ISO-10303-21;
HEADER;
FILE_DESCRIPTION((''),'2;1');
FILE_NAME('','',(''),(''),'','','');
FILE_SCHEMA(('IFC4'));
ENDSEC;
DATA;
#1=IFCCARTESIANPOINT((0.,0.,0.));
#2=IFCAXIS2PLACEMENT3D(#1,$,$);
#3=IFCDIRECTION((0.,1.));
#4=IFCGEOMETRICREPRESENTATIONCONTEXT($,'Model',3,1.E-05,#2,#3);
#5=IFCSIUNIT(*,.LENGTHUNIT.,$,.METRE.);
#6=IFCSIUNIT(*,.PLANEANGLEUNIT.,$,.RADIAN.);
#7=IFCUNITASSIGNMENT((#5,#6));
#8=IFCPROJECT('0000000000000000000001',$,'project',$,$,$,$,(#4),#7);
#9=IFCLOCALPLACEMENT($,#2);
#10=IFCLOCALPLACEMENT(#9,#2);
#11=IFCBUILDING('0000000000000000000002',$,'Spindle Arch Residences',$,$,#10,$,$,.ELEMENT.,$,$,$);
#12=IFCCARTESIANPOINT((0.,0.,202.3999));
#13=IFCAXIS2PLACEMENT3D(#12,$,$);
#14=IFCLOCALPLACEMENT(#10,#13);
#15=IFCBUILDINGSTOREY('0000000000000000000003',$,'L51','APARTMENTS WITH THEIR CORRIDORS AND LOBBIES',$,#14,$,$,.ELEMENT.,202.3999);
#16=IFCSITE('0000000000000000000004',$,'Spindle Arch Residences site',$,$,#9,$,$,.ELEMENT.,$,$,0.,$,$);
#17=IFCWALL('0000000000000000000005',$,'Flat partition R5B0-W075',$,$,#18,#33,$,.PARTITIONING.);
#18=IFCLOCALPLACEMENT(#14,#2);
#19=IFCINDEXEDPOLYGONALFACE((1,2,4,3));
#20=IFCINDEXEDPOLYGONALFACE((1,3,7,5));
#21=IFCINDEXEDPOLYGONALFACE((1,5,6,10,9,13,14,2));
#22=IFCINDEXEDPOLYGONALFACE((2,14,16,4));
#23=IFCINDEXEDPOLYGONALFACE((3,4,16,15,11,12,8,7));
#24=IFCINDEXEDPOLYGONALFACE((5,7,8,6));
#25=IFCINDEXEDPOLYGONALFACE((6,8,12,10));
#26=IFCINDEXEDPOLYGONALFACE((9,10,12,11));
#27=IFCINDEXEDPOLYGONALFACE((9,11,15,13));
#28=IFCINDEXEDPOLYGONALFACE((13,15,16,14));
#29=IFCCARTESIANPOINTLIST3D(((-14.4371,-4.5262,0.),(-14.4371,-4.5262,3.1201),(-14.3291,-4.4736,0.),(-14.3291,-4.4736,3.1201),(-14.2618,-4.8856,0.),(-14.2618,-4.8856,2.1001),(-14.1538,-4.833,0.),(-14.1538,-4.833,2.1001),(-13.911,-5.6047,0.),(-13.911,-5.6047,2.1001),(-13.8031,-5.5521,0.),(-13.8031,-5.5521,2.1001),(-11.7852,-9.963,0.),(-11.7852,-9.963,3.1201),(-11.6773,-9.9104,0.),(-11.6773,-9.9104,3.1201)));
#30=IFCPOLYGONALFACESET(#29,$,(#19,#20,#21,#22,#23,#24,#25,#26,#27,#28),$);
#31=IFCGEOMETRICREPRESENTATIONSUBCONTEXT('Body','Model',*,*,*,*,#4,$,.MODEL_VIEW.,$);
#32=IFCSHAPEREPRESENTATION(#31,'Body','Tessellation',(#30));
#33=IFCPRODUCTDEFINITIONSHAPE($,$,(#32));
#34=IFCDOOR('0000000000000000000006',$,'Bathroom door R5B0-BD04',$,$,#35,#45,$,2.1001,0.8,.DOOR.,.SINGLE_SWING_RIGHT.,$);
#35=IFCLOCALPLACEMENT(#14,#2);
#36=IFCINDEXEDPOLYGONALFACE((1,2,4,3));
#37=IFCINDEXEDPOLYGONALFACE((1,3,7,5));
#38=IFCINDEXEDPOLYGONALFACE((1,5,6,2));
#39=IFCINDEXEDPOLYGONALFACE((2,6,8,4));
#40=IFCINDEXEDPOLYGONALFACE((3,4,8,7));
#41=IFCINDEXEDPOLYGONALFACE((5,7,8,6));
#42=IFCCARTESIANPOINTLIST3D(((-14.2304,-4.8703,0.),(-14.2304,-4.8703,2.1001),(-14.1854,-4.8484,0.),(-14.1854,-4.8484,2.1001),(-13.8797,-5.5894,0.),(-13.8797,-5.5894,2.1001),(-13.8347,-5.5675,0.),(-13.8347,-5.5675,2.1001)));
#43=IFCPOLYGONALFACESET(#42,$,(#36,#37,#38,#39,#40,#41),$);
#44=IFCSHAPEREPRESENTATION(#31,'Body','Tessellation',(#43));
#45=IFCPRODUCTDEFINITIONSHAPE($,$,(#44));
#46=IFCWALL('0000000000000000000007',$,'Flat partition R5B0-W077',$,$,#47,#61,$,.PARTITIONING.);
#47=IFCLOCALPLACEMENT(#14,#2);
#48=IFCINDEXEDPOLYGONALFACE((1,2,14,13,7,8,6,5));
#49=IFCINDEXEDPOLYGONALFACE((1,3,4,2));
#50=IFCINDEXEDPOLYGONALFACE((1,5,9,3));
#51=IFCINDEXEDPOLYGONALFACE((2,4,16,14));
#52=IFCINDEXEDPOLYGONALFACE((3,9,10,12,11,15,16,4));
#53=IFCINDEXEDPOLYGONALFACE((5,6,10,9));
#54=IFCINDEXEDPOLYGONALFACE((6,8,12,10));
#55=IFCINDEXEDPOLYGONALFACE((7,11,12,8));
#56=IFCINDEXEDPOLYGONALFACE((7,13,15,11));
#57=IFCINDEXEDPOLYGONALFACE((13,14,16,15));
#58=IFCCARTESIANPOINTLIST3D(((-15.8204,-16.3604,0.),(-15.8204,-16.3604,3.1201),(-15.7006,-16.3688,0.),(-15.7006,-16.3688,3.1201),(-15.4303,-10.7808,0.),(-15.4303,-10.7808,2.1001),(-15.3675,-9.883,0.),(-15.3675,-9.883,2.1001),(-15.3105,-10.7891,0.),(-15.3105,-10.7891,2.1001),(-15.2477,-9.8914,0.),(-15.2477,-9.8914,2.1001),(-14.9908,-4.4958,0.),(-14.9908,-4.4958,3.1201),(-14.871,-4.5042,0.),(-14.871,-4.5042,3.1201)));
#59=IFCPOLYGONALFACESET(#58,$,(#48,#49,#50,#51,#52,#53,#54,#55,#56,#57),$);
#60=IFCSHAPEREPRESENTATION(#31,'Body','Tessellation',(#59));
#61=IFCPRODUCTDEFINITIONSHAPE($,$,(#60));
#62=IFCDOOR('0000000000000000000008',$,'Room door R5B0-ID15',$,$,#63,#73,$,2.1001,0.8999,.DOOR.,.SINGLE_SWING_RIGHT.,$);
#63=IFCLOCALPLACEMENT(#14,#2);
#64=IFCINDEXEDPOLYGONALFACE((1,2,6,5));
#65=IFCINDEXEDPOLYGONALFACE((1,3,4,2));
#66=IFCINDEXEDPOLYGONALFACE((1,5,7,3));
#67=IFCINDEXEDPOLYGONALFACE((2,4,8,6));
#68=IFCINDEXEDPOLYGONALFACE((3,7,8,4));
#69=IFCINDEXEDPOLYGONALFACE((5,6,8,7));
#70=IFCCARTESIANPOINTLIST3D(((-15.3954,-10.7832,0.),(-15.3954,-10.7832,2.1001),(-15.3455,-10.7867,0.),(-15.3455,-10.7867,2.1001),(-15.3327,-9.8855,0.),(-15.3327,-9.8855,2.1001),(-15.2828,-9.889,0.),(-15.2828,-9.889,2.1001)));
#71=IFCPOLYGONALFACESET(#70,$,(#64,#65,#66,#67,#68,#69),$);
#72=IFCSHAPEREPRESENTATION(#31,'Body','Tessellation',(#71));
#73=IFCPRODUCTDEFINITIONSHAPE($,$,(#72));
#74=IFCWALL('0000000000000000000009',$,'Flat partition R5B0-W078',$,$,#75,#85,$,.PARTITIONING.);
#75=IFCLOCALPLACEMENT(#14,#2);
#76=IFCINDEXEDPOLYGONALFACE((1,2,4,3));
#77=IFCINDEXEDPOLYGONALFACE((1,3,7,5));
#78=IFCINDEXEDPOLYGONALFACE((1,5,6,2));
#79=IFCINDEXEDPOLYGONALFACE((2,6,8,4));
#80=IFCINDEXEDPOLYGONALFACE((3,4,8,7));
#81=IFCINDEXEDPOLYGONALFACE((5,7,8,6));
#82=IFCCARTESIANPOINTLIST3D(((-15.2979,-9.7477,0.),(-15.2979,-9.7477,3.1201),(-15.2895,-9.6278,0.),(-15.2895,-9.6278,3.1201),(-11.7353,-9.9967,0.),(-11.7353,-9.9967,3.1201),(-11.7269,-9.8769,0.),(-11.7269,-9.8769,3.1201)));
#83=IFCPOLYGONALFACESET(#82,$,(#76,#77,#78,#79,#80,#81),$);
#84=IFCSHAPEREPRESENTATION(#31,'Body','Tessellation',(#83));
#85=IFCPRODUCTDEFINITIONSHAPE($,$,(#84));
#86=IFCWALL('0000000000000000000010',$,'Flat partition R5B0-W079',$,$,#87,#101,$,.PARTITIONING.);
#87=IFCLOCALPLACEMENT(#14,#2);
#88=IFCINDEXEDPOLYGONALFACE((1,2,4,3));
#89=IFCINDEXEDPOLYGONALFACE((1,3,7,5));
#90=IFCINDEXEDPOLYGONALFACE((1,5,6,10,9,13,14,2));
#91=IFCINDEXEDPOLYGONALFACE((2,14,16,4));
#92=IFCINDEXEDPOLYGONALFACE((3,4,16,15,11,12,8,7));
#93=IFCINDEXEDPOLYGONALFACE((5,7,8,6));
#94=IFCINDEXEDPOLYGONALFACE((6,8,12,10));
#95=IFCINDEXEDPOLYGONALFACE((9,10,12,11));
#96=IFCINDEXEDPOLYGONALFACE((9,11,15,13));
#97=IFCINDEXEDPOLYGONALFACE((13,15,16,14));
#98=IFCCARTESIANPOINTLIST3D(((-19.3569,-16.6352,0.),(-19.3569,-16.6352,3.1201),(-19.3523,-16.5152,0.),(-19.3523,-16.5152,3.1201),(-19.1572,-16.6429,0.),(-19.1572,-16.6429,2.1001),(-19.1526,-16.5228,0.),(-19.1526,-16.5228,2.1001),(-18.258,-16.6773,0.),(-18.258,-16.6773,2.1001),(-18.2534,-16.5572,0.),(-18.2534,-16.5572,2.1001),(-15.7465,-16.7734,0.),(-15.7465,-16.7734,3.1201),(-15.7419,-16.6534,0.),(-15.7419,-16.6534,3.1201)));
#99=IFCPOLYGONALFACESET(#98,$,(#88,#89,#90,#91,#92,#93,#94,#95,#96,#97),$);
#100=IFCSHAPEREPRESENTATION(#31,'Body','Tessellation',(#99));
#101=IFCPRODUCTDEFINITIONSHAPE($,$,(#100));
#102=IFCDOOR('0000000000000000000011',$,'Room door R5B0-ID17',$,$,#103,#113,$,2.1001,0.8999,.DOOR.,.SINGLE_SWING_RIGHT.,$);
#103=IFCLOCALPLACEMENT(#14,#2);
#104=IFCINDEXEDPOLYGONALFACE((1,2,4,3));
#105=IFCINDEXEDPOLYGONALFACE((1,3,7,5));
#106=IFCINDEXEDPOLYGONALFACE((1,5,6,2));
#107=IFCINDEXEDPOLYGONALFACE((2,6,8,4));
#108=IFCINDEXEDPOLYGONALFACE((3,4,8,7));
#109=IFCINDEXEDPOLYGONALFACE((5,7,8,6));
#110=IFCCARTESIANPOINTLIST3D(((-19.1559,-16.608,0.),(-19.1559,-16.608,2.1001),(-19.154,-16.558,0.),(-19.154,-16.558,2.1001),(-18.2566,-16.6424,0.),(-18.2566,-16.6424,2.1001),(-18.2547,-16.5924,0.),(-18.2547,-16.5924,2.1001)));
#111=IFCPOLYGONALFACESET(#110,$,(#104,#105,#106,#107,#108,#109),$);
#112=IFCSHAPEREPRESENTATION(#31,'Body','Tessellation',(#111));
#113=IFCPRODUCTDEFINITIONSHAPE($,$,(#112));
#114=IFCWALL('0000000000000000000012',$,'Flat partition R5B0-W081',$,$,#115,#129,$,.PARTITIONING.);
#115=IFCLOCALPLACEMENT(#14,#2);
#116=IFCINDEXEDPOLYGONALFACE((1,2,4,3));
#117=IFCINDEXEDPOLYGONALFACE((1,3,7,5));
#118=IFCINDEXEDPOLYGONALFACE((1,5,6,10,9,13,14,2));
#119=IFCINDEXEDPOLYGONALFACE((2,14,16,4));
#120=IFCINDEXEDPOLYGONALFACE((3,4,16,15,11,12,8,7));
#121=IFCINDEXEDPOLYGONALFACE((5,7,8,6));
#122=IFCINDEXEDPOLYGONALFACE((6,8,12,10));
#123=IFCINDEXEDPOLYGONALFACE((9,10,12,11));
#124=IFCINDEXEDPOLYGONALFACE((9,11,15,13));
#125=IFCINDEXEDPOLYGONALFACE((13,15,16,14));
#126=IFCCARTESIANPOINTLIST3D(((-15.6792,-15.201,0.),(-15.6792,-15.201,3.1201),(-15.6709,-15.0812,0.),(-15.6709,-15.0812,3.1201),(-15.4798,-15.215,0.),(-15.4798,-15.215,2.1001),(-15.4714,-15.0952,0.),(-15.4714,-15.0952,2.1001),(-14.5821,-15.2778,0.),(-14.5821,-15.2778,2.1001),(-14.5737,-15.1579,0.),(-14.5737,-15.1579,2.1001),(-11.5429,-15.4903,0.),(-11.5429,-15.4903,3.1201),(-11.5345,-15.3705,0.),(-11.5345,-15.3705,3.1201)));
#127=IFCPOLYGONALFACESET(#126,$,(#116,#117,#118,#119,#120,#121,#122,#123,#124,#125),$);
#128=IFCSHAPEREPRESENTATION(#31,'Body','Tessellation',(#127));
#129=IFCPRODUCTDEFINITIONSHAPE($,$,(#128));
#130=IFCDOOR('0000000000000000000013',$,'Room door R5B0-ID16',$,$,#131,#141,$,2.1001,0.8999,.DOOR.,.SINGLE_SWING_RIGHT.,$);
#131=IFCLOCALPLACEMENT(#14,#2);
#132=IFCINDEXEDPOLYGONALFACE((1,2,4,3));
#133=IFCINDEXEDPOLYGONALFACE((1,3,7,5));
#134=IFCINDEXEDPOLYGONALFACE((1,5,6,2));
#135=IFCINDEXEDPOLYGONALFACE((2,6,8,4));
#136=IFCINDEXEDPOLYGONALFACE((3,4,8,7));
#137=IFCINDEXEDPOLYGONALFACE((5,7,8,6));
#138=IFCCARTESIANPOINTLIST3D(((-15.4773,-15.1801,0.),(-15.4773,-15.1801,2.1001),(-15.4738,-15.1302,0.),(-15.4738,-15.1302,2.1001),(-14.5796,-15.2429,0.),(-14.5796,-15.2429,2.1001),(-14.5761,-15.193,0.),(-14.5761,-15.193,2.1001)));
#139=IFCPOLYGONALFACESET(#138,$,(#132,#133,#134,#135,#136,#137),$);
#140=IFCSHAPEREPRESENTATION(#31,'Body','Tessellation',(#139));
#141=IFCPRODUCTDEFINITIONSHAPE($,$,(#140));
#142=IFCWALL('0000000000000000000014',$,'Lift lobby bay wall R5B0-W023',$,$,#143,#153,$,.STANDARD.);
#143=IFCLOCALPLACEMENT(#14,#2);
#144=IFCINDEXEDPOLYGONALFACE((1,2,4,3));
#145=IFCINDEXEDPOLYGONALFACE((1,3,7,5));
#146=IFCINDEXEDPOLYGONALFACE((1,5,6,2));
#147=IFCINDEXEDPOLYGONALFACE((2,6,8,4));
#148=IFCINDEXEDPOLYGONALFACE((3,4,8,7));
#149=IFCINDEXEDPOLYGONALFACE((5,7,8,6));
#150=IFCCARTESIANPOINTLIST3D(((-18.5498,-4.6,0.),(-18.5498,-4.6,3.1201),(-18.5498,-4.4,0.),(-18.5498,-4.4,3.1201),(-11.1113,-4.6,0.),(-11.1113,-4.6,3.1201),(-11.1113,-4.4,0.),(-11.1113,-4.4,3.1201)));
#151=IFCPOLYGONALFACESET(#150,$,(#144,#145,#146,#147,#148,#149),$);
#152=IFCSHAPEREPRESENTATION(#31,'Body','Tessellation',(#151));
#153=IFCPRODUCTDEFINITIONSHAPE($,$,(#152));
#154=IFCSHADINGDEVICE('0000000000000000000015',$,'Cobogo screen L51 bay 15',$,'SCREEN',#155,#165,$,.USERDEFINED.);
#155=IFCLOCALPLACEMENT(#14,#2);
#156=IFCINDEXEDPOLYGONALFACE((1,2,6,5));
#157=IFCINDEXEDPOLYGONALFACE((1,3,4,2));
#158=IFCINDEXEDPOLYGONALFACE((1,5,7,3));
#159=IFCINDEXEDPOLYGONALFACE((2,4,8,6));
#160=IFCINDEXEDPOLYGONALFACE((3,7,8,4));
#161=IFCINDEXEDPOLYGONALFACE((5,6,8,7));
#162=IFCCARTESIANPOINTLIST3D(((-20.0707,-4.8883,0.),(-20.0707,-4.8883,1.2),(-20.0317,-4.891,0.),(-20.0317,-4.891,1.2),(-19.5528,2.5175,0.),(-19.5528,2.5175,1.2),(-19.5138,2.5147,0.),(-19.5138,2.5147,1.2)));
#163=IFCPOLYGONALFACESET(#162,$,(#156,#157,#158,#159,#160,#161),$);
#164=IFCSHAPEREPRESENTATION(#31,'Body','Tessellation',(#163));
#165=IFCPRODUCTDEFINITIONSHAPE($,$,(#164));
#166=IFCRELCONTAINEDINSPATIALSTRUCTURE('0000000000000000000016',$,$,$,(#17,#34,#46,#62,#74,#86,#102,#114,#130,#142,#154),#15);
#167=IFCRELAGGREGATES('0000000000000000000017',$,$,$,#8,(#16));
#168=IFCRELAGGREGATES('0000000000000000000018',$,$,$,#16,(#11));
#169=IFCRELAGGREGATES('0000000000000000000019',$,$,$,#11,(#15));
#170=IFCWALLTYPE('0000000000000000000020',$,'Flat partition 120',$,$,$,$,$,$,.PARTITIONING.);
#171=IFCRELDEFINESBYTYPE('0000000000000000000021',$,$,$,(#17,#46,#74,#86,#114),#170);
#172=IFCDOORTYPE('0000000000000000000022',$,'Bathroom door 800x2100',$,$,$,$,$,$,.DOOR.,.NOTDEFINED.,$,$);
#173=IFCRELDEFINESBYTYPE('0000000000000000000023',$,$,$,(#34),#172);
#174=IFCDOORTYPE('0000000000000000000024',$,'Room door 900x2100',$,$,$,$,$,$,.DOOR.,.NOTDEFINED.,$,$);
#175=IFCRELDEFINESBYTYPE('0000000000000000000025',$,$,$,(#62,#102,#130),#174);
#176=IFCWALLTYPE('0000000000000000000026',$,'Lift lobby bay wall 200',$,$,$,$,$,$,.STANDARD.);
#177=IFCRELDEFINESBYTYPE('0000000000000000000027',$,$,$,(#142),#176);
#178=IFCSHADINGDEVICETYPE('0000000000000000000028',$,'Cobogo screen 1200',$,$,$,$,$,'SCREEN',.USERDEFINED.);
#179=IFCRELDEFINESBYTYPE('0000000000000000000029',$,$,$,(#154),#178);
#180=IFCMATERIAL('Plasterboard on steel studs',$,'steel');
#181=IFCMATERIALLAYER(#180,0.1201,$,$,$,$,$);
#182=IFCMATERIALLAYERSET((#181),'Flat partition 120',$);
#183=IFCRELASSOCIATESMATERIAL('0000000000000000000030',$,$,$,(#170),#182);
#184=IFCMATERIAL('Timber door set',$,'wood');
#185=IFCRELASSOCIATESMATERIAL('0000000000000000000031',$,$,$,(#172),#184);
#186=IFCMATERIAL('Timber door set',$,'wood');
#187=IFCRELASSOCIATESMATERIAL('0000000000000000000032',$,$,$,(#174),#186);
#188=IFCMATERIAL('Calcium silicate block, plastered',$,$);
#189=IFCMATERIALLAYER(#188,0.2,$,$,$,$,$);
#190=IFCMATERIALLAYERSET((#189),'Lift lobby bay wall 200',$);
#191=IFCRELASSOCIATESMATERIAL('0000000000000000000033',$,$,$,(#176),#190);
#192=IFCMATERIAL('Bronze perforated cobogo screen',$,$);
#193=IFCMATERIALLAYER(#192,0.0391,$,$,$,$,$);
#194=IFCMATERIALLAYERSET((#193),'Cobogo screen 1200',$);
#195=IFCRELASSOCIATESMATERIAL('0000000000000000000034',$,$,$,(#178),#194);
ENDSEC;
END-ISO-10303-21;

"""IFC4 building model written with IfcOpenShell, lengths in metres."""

from ifc_helpers import new_model, si_unit, direction, frame, frame_2d, origin, origin_2d, place, context, subcontext, project, spatial, rectangle, extrude, material, layer, layer_set, type_object, element, fill, save


model = new_model("IFC4")

# Units and contexts
model_context = context("Model", 3, precision=1e-05, world=origin(), true_north=direction((0.0, 1.0)))
body_context = subcontext(model_context, "Body", "Model", "MODEL_VIEW")
ifc_project = project(units=[si_unit("LENGTHUNIT", "METRE"), si_unit("PLANEANGLEUNIT", "RADIAN")], contexts=[model_context])

# Site, building, storey
site_placement = place(None, origin())
site = spatial("IfcSite", under=ifc_project, at=site_placement, Name="Spindle Arch Residences site", CompositionType="ELEMENT", RefElevation=0.0)
building_placement = place(site_placement, origin())
building = spatial("IfcBuilding", under=site, at=building_placement, Name="Spindle Arch Residences", CompositionType="ELEMENT")
storey_placement = place(building_placement, frame((0.0, 0.0, 202.3999)))
storey = spatial("IfcBuildingStorey", under=building, at=storey_placement, Name="L51", Description="APARTMENTS WITH THEIR CORRIDORS AND LOBBIES", CompositionType="ELEMENT", Elevation=202.3999)

# Walls, openings, doors
ifc_material_1 = material(Name="Plasterboard on steel studs", Category="steel")
ifc_layer_1 = layer(ifc_material_1, 0.1201)
ifc_layer_set_1 = layer_set([ifc_layer_1], Name="Flat partition 120")
wall_type_1 = type_object("IfcWallType", Name="Flat partition 120", PredefinedType="PARTITIONING", material=ifc_layer_set_1)
wall_1_placement = place(storey_placement, frame((-14.3831, -4.5, 0.0), z_axis=(0.0, 0.0, 1.0), x_axis=(0.438393, -0.898783, 0.0)))
wall_1 = element("IfcWall", 1, at=wall_1_placement, inside=storey, type_object=wall_type_1, Name="Flat partition R5B0-W075", PredefinedType="PARTITIONING", context=body_context, shape_type="SweptSolid", body=[
    extrude(rectangle(XDim=6.0491, YDim=0.1201, at=frame_2d((3.0244, 0.0))), origin(), (0.0, 0.0, 1.0), 3.1201),
])
opening_1_placement = place(wall_1_placement, frame((0.3999, 0.0, 0.0)))
opening_1 = element("IfcOpeningElement", 2, at=opening_1_placement, cuts=wall_1, PredefinedType="OPENING", context=body_context, shape_type="SweptSolid", body=[
    extrude(rectangle(XDim=0.8, YDim=2.1001, at=frame_2d((0.3999, 1.05))), frame((0.0, 0.0701, 0.0), z_axis=(0.0, -1.0, 0.0), x_axis=(1.0, 0.0, 0.0)), (0.0, 0.0, 1.0), 0.1401),
])
ifc_material_2 = material(Name="Timber door set", Category="wood")
door_type_1 = type_object("IfcDoorType", Name="Bathroom door 800x2100", OperationType="NOTDEFINED", PredefinedType="DOOR", material=ifc_material_2)
door_1_placement = place(opening_1_placement, origin())
door_1 = element("IfcDoor", 3, at=door_1_placement, inside=storey, type_object=door_type_1, Name="Bathroom door R5B0-BD04", OperationType="SINGLE_SWING_RIGHT", OverallHeight=2.1001, OverallWidth=0.8, PredefinedType="DOOR", context=body_context, shape_type="SweptSolid", body=[
    extrude(rectangle(XDim=0.8, YDim=2.1001, at=frame_2d((0.3999, 1.05))), frame((0.0, 0.0249, 0.0), z_axis=(0.0, -1.0, 0.0), x_axis=(1.0, 0.0, 0.0)), (0.0, 0.0, 1.0), 0.05),
])
fill(opening_1, door_1)
wall_2_placement = place(storey_placement, frame((-14.9309, -4.5, 0.0), z_axis=(0.0, 0.0, 1.0), x_axis=(-0.069752, -0.997564, 0.0)))
wall_2 = element("IfcWall", 4, at=wall_2_placement, inside=storey, type_object=wall_type_1, Name="Flat partition R5B0-W077", PredefinedType="PARTITIONING", context=body_context, shape_type="SweptSolid", body=[
    extrude(rectangle(XDim=11.8936, YDim=0.1201, at=frame_2d((5.9468, 0.0))), origin(), (0.0, 0.0, 1.0), 3.1201),
])
opening_2_placement = place(wall_2_placement, frame((5.4004, 0.0, 0.0)))
opening_2 = element("IfcOpeningElement", 5, at=opening_2_placement, cuts=wall_2, PredefinedType="OPENING", context=body_context, shape_type="SweptSolid", body=[
    extrude(rectangle(XDim=0.8999, YDim=2.1001, at=frame_2d((0.45, 1.05))), frame((0.0, 0.0701, 0.0), z_axis=(0.0, -1.0, 0.0), x_axis=(1.0, 0.0, 0.0)), (0.0, 0.0, 1.0), 0.1401),
])
ifc_material_3 = material(Name="Timber door set", Category="wood")
door_type_2 = type_object("IfcDoorType", Name="Room door 900x2100", OperationType="NOTDEFINED", PredefinedType="DOOR", material=ifc_material_3)
door_2_placement = place(opening_2_placement, origin())
door_2 = element("IfcDoor", 6, at=door_2_placement, inside=storey, type_object=door_type_2, Name="Room door R5B0-ID15", OperationType="SINGLE_SWING_RIGHT", OverallHeight=2.1001, OverallWidth=0.8999, PredefinedType="DOOR", context=body_context, shape_type="SweptSolid", body=[
    extrude(rectangle(XDim=0.8999, YDim=2.1001, at=frame_2d((0.45, 1.05))), frame((0.0, 0.0249, 0.0), z_axis=(0.0, -1.0, 0.0), x_axis=(1.0, 0.0, 0.0)), (0.0, 0.0, 1.0), 0.05),
])
fill(opening_2, door_2)

# Wall
wall_3_placement = place(storey_placement, frame((-15.2937, -9.6877, 0.0), z_axis=(0.0, 0.0, 1.0), x_axis=(0.997566, -0.069731, 0.0)))
element("IfcWall", 7, at=wall_3_placement, inside=storey, type_object=wall_type_1, Name="Flat partition R5B0-W078", PredefinedType="PARTITIONING", context=body_context, shape_type="SweptSolid", body=[
    extrude(rectangle(XDim=3.5713, YDim=0.1201, at=frame_2d((1.7856, 0.0))), origin(), (0.0, 0.0, 1.0), 3.1201),
])

# Walls, openings, doors
wall_4_placement = place(storey_placement, frame((-19.3547, -16.5752, 0.0), z_axis=(0.0, 0.0, 1.0), x_axis=(0.999268, -0.038246, 0.0)))
wall_4 = element("IfcWall", 8, at=wall_4_placement, inside=storey, type_object=wall_type_1, Name="Flat partition R5B0-W079", PredefinedType="PARTITIONING", context=body_context, shape_type="SweptSolid", body=[
    extrude(rectangle(XDim=3.613, YDim=0.1201, at=frame_2d((1.8066, 0.0))), origin(), (0.0, 0.0, 1.0), 3.1201),
])
opening_3_placement = place(wall_4_placement, frame((0.2, 0.0, 0.0)))
opening_3 = element("IfcOpeningElement", 9, at=opening_3_placement, cuts=wall_4, PredefinedType="OPENING", context=body_context, shape_type="SweptSolid", body=[
    extrude(rectangle(XDim=0.8999, YDim=2.1001, at=frame_2d((0.45, 1.05))), frame((0.0, 0.0701, 0.0), z_axis=(0.0, -1.0, 0.0), x_axis=(1.0, 0.0, 0.0)), (0.0, 0.0, 1.0), 0.1401),
])
door_3_placement = place(opening_3_placement, origin())
door_3 = element("IfcDoor", 10, at=door_3_placement, inside=storey, type_object=door_type_2, Name="Room door R5B0-ID17", OperationType="SINGLE_SWING_RIGHT", OverallHeight=2.1001, OverallWidth=0.8999, PredefinedType="DOOR", context=body_context, shape_type="SweptSolid", body=[
    extrude(rectangle(XDim=0.8999, YDim=2.1001, at=frame_2d((0.45, 1.05))), frame((0.0, 0.0249, 0.0), z_axis=(0.0, -1.0, 0.0), x_axis=(1.0, 0.0, 0.0)), (0.0, 0.0, 1.0), 0.05),
])
fill(opening_3, door_3)
wall_5_placement = place(storey_placement, frame((-15.675, -15.1411, 0.0), z_axis=(0.0, 0.0, 1.0), x_axis=(0.997563, -0.06977, 0.0)))
wall_5 = element("IfcWall", 11, at=wall_5_placement, inside=storey, type_object=wall_type_1, Name="Flat partition R5B0-W081", PredefinedType="PARTITIONING", context=body_context, shape_type="SweptSolid", body=[
    extrude(rectangle(XDim=4.1465, YDim=0.1201, at=frame_2d((2.0732, 0.0))), origin(), (0.0, 0.0, 1.0), 3.1201),
])
opening_4_placement = place(wall_5_placement, frame((0.2, 0.0, 0.0)))
opening_4 = element("IfcOpeningElement", 12, at=opening_4_placement, cuts=wall_5, PredefinedType="OPENING", context=body_context, shape_type="SweptSolid", body=[
    extrude(rectangle(XDim=0.8999, YDim=2.1001, at=frame_2d((0.45, 1.05))), frame((0.0, 0.0701, 0.0), z_axis=(0.0, -1.0, 0.0), x_axis=(1.0, 0.0, 0.0)), (0.0, 0.0, 1.0), 0.1401),
])
door_4_placement = place(opening_4_placement, origin())
door_4 = element("IfcDoor", 13, at=door_4_placement, inside=storey, type_object=door_type_2, Name="Room door R5B0-ID16", OperationType="SINGLE_SWING_RIGHT", OverallHeight=2.1001, OverallWidth=0.8999, PredefinedType="DOOR", context=body_context, shape_type="SweptSolid", body=[
    extrude(rectangle(XDim=0.8999, YDim=2.1001, at=frame_2d((0.45, 1.05))), frame((0.0, 0.0249, 0.0), z_axis=(0.0, -1.0, 0.0), x_axis=(1.0, 0.0, 0.0)), (0.0, 0.0, 1.0), 0.05),
])
fill(opening_4, door_4)

# Wall
ifc_material_4 = material(Name="Calcium silicate block, plastered")
ifc_layer_2 = layer(ifc_material_4, 0.2)
ifc_layer_set_2 = layer_set([ifc_layer_2], Name="Lift lobby bay wall 200")
wall_type_2 = type_object("IfcWallType", Name="Lift lobby bay wall 200", PredefinedType="STANDARD", material=ifc_layer_set_2)
wall_6_placement = place(storey_placement, frame((-18.5498, -4.5, 0.0), z_axis=(0.0, 0.0, 1.0), x_axis=(1.0, 0.0, 0.0)))
element("IfcWall", 14, at=wall_6_placement, inside=storey, type_object=wall_type_2, Name="Lift lobby bay wall R5B0-W023", PredefinedType="STANDARD", context=body_context, shape_type="SweptSolid", body=[
    extrude(rectangle(XDim=7.4385, YDim=0.2, at=frame_2d((3.7192, 0.0))), origin(), (0.0, 0.0, 1.0), 3.1201),
])

# Shading device
ifc_material_5 = material(Name="Bronze perforated cobogo screen")
ifc_layer_3 = layer(ifc_material_5, 0.0391)
ifc_layer_set_3 = layer_set([ifc_layer_3], Name="Cobogo screen 1200")
shading_device_type = type_object("IfcShadingDeviceType", Name="Cobogo screen 1200", ElementType="SCREEN", PredefinedType="USERDEFINED", material=ifc_layer_set_3)
shading_device_placement = place(storey_placement, frame((-19.7922, -1.1868, 0.0), z_axis=(0.0, 0.0, 1.0), x_axis=(-0.069756, -0.997564, 0.0)))
element("IfcShadingDevice", 15, at=shading_device_placement, inside=storey, type_object=shading_device_type, Name="Cobogo screen L51 bay 15", ObjectType="SCREEN", PredefinedType="USERDEFINED", context=body_context, shape_type="SweptSolid", body=[
    extrude(rectangle(XDim=7.4238, YDim=0.0391, at=origin_2d()), origin(), (0.0, 0.0, 1.0), 1.2),
])

save(model, "model.ifc")
